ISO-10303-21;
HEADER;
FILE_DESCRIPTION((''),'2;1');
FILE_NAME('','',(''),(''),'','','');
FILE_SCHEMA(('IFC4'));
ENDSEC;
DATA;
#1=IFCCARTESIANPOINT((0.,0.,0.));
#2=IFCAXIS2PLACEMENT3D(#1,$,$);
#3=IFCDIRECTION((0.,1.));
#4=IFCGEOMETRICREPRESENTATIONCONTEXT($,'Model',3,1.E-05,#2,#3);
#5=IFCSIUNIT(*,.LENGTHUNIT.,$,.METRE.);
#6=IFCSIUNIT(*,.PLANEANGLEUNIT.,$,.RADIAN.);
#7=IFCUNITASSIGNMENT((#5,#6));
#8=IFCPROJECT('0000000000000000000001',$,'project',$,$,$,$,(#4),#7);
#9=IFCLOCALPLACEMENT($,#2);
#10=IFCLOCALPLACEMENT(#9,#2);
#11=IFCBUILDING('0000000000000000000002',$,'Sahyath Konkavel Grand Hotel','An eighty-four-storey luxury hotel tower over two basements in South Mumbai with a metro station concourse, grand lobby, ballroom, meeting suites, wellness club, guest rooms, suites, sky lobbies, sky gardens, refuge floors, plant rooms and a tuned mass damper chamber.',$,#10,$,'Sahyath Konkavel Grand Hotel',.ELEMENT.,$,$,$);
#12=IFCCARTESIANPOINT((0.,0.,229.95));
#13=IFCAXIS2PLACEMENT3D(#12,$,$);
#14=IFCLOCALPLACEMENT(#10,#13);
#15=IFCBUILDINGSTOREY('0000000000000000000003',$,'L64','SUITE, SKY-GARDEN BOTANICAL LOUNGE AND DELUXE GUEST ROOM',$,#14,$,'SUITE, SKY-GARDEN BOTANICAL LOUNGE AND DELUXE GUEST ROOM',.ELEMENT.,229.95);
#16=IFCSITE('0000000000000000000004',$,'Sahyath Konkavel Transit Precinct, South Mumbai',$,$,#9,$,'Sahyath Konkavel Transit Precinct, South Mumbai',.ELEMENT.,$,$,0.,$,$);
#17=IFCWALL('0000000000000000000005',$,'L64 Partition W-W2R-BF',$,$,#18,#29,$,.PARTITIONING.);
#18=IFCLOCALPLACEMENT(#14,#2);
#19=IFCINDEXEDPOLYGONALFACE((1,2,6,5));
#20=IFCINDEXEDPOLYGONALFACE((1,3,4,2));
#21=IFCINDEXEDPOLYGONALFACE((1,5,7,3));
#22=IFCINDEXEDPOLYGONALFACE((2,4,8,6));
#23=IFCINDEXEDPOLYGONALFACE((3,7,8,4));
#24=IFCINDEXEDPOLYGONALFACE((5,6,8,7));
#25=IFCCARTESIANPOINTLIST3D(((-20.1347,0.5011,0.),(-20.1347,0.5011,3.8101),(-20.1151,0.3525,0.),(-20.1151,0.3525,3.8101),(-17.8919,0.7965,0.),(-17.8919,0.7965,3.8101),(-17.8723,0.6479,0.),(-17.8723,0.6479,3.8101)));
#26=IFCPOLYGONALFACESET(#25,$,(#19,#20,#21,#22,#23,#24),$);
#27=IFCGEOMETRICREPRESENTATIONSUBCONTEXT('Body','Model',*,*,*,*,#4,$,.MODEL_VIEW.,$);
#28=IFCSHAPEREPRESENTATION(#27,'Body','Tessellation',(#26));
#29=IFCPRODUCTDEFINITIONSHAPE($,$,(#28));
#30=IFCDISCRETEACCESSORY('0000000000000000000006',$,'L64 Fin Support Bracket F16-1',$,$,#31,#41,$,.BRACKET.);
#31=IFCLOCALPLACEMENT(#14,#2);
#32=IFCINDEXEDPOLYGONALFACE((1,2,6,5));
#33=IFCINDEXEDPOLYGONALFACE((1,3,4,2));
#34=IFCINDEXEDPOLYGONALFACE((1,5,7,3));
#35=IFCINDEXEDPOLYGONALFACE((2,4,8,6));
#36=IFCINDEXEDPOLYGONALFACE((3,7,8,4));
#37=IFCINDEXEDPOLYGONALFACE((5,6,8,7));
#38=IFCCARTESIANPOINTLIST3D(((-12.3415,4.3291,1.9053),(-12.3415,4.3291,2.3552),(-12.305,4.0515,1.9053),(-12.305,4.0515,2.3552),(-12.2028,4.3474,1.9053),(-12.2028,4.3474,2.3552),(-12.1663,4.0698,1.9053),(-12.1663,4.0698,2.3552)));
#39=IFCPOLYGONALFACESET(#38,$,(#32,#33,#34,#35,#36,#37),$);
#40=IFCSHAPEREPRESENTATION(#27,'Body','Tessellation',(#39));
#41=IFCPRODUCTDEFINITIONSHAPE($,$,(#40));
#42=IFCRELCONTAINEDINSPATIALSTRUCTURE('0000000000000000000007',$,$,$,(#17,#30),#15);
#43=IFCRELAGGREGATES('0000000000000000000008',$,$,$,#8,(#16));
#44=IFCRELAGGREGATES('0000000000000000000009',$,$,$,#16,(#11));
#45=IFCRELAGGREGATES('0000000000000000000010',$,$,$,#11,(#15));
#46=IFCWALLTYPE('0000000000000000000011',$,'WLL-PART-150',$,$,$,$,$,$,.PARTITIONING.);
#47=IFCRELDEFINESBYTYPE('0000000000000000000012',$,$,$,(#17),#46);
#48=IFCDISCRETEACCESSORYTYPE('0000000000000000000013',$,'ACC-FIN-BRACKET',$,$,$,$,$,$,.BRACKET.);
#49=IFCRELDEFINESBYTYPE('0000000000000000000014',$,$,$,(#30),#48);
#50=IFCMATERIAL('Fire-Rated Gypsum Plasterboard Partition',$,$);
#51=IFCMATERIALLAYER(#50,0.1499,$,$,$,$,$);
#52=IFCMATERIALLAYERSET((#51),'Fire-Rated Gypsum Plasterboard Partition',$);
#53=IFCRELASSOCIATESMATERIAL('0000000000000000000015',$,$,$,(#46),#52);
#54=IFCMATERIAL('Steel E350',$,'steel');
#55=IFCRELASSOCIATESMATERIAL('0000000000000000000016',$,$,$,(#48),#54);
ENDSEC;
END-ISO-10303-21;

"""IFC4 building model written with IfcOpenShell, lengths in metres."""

from ifc_helpers import new_model, si_unit, direction, frame, frame_2d, origin, origin_2d, place, context, subcontext, project, spatial, rectangle, extrude, source, transform, mapped, material, layer, layer_set, type_object, element, save


model = new_model("IFC4")

# Units and contexts
model_context = context("Model", 3, precision=1e-05, world=origin(), true_north=direction((0.0, 1.0)))
body_context = subcontext(model_context, "Body", "Model", "MODEL_VIEW")
ifc_project = project(units=[si_unit("LENGTHUNIT", "METRE"), si_unit("PLANEANGLEUNIT", "RADIAN")], contexts=[model_context])

# Site, building, storey
site_placement = place(None, origin())
site = spatial("IfcSite", under=ifc_project, at=site_placement, Name="Sahyath Konkavel Transit Precinct, South Mumbai", LongName="Sahyath Konkavel Transit Precinct, South Mumbai", CompositionType="ELEMENT", RefElevation=0.0)
building_placement = place(site_placement, origin())
building = spatial("IfcBuilding", under=site, at=building_placement, Name="Sahyath Konkavel Grand Hotel", Description="An eighty-four-storey luxury hotel tower over two basements in South Mumbai with a metro station concourse, grand lobby, ballroom, meeting suites, wellness club, guest rooms, suites, sky lobbies, sky gardens, refuge floors, plant rooms and a tuned mass damper chamber.", LongName="Sahyath Konkavel Grand Hotel", CompositionType="ELEMENT")
storey_placement = place(building_placement, frame((0.0, 0.0, 229.95)))
storey = spatial("IfcBuildingStorey", under=building, at=storey_placement, Name="L64", Description="SUITE, SKY-GARDEN BOTANICAL LOUNGE AND DELUXE GUEST ROOM", LongName="SUITE, SKY-GARDEN BOTANICAL LOUNGE AND DELUXE GUEST ROOM", CompositionType="ELEMENT", Elevation=229.95)

# Shared definitions
ifc_material_1 = material(Name="Steel E350", Category="steel")

# Wall
ifc_material_2 = material(Name="Fire-Rated Gypsum Plasterboard Partition")
ifc_layer_1 = layer(ifc_material_2, 0.1499)
ifc_layer_set_1 = layer_set([ifc_layer_1], Name="Fire-Rated Gypsum Plasterboard Partition")
wall_type_1 = type_object("IfcWallType", Name="WLL-PART-150", PredefinedType="PARTITIONING", material=ifc_layer_set_1)
wall_1_placement = place(storey_placement, frame((-17.8821, 0.7222, 0.0), z_axis=(0.0, 0.0, 1.0), x_axis=(-0.991438, -0.13058, 0.0)))
element("IfcWall", 1, at=wall_1_placement, inside=storey, type_object=wall_type_1, Name="L64 Partition W-W2R-BF", PredefinedType="PARTITIONING", context=body_context, shape_type="SweptSolid", body=[
    extrude(rectangle(XDim=2.2622, YDim=0.1499, at=frame_2d((1.1311, 0.0))), origin(), (0.0, 0.0, 1.0), 3.8101),
])

# Discrete accessory
discrete_accessory_type = type_object("IfcDiscreteAccessoryType", Name="ACC-FIN-BRACKET", PredefinedType="BRACKET", material=ifc_material_1)
shared_shape_1 = source(origin(), body_context, "Body", "SweptSolid", [
    extrude(rectangle(XDim=0.28, YDim=0.1399, at=origin_2d()), origin(), (0.0, 0.0, 1.0), 0.45),
])
discrete_accessory_placement = place(storey_placement, frame((-12.2539, 4.1995, 1.9053), z_axis=(0.0, 0.0, 1.0), x_axis=(-0.130526, 0.991445, 0.0)))
element("IfcDiscreteAccessory", 2, at=discrete_accessory_placement, inside=storey, type_object=discrete_accessory_type, Name="L64 Fin Support Bracket F16-1", PredefinedType="BRACKET", context=body_context, shape_type="MappedRepresentation", body=[
    mapped(shared_shape_1, transform((0.0, 0.0, 0.0), scale=1.0)),
])

save(model, "model.ifc")
